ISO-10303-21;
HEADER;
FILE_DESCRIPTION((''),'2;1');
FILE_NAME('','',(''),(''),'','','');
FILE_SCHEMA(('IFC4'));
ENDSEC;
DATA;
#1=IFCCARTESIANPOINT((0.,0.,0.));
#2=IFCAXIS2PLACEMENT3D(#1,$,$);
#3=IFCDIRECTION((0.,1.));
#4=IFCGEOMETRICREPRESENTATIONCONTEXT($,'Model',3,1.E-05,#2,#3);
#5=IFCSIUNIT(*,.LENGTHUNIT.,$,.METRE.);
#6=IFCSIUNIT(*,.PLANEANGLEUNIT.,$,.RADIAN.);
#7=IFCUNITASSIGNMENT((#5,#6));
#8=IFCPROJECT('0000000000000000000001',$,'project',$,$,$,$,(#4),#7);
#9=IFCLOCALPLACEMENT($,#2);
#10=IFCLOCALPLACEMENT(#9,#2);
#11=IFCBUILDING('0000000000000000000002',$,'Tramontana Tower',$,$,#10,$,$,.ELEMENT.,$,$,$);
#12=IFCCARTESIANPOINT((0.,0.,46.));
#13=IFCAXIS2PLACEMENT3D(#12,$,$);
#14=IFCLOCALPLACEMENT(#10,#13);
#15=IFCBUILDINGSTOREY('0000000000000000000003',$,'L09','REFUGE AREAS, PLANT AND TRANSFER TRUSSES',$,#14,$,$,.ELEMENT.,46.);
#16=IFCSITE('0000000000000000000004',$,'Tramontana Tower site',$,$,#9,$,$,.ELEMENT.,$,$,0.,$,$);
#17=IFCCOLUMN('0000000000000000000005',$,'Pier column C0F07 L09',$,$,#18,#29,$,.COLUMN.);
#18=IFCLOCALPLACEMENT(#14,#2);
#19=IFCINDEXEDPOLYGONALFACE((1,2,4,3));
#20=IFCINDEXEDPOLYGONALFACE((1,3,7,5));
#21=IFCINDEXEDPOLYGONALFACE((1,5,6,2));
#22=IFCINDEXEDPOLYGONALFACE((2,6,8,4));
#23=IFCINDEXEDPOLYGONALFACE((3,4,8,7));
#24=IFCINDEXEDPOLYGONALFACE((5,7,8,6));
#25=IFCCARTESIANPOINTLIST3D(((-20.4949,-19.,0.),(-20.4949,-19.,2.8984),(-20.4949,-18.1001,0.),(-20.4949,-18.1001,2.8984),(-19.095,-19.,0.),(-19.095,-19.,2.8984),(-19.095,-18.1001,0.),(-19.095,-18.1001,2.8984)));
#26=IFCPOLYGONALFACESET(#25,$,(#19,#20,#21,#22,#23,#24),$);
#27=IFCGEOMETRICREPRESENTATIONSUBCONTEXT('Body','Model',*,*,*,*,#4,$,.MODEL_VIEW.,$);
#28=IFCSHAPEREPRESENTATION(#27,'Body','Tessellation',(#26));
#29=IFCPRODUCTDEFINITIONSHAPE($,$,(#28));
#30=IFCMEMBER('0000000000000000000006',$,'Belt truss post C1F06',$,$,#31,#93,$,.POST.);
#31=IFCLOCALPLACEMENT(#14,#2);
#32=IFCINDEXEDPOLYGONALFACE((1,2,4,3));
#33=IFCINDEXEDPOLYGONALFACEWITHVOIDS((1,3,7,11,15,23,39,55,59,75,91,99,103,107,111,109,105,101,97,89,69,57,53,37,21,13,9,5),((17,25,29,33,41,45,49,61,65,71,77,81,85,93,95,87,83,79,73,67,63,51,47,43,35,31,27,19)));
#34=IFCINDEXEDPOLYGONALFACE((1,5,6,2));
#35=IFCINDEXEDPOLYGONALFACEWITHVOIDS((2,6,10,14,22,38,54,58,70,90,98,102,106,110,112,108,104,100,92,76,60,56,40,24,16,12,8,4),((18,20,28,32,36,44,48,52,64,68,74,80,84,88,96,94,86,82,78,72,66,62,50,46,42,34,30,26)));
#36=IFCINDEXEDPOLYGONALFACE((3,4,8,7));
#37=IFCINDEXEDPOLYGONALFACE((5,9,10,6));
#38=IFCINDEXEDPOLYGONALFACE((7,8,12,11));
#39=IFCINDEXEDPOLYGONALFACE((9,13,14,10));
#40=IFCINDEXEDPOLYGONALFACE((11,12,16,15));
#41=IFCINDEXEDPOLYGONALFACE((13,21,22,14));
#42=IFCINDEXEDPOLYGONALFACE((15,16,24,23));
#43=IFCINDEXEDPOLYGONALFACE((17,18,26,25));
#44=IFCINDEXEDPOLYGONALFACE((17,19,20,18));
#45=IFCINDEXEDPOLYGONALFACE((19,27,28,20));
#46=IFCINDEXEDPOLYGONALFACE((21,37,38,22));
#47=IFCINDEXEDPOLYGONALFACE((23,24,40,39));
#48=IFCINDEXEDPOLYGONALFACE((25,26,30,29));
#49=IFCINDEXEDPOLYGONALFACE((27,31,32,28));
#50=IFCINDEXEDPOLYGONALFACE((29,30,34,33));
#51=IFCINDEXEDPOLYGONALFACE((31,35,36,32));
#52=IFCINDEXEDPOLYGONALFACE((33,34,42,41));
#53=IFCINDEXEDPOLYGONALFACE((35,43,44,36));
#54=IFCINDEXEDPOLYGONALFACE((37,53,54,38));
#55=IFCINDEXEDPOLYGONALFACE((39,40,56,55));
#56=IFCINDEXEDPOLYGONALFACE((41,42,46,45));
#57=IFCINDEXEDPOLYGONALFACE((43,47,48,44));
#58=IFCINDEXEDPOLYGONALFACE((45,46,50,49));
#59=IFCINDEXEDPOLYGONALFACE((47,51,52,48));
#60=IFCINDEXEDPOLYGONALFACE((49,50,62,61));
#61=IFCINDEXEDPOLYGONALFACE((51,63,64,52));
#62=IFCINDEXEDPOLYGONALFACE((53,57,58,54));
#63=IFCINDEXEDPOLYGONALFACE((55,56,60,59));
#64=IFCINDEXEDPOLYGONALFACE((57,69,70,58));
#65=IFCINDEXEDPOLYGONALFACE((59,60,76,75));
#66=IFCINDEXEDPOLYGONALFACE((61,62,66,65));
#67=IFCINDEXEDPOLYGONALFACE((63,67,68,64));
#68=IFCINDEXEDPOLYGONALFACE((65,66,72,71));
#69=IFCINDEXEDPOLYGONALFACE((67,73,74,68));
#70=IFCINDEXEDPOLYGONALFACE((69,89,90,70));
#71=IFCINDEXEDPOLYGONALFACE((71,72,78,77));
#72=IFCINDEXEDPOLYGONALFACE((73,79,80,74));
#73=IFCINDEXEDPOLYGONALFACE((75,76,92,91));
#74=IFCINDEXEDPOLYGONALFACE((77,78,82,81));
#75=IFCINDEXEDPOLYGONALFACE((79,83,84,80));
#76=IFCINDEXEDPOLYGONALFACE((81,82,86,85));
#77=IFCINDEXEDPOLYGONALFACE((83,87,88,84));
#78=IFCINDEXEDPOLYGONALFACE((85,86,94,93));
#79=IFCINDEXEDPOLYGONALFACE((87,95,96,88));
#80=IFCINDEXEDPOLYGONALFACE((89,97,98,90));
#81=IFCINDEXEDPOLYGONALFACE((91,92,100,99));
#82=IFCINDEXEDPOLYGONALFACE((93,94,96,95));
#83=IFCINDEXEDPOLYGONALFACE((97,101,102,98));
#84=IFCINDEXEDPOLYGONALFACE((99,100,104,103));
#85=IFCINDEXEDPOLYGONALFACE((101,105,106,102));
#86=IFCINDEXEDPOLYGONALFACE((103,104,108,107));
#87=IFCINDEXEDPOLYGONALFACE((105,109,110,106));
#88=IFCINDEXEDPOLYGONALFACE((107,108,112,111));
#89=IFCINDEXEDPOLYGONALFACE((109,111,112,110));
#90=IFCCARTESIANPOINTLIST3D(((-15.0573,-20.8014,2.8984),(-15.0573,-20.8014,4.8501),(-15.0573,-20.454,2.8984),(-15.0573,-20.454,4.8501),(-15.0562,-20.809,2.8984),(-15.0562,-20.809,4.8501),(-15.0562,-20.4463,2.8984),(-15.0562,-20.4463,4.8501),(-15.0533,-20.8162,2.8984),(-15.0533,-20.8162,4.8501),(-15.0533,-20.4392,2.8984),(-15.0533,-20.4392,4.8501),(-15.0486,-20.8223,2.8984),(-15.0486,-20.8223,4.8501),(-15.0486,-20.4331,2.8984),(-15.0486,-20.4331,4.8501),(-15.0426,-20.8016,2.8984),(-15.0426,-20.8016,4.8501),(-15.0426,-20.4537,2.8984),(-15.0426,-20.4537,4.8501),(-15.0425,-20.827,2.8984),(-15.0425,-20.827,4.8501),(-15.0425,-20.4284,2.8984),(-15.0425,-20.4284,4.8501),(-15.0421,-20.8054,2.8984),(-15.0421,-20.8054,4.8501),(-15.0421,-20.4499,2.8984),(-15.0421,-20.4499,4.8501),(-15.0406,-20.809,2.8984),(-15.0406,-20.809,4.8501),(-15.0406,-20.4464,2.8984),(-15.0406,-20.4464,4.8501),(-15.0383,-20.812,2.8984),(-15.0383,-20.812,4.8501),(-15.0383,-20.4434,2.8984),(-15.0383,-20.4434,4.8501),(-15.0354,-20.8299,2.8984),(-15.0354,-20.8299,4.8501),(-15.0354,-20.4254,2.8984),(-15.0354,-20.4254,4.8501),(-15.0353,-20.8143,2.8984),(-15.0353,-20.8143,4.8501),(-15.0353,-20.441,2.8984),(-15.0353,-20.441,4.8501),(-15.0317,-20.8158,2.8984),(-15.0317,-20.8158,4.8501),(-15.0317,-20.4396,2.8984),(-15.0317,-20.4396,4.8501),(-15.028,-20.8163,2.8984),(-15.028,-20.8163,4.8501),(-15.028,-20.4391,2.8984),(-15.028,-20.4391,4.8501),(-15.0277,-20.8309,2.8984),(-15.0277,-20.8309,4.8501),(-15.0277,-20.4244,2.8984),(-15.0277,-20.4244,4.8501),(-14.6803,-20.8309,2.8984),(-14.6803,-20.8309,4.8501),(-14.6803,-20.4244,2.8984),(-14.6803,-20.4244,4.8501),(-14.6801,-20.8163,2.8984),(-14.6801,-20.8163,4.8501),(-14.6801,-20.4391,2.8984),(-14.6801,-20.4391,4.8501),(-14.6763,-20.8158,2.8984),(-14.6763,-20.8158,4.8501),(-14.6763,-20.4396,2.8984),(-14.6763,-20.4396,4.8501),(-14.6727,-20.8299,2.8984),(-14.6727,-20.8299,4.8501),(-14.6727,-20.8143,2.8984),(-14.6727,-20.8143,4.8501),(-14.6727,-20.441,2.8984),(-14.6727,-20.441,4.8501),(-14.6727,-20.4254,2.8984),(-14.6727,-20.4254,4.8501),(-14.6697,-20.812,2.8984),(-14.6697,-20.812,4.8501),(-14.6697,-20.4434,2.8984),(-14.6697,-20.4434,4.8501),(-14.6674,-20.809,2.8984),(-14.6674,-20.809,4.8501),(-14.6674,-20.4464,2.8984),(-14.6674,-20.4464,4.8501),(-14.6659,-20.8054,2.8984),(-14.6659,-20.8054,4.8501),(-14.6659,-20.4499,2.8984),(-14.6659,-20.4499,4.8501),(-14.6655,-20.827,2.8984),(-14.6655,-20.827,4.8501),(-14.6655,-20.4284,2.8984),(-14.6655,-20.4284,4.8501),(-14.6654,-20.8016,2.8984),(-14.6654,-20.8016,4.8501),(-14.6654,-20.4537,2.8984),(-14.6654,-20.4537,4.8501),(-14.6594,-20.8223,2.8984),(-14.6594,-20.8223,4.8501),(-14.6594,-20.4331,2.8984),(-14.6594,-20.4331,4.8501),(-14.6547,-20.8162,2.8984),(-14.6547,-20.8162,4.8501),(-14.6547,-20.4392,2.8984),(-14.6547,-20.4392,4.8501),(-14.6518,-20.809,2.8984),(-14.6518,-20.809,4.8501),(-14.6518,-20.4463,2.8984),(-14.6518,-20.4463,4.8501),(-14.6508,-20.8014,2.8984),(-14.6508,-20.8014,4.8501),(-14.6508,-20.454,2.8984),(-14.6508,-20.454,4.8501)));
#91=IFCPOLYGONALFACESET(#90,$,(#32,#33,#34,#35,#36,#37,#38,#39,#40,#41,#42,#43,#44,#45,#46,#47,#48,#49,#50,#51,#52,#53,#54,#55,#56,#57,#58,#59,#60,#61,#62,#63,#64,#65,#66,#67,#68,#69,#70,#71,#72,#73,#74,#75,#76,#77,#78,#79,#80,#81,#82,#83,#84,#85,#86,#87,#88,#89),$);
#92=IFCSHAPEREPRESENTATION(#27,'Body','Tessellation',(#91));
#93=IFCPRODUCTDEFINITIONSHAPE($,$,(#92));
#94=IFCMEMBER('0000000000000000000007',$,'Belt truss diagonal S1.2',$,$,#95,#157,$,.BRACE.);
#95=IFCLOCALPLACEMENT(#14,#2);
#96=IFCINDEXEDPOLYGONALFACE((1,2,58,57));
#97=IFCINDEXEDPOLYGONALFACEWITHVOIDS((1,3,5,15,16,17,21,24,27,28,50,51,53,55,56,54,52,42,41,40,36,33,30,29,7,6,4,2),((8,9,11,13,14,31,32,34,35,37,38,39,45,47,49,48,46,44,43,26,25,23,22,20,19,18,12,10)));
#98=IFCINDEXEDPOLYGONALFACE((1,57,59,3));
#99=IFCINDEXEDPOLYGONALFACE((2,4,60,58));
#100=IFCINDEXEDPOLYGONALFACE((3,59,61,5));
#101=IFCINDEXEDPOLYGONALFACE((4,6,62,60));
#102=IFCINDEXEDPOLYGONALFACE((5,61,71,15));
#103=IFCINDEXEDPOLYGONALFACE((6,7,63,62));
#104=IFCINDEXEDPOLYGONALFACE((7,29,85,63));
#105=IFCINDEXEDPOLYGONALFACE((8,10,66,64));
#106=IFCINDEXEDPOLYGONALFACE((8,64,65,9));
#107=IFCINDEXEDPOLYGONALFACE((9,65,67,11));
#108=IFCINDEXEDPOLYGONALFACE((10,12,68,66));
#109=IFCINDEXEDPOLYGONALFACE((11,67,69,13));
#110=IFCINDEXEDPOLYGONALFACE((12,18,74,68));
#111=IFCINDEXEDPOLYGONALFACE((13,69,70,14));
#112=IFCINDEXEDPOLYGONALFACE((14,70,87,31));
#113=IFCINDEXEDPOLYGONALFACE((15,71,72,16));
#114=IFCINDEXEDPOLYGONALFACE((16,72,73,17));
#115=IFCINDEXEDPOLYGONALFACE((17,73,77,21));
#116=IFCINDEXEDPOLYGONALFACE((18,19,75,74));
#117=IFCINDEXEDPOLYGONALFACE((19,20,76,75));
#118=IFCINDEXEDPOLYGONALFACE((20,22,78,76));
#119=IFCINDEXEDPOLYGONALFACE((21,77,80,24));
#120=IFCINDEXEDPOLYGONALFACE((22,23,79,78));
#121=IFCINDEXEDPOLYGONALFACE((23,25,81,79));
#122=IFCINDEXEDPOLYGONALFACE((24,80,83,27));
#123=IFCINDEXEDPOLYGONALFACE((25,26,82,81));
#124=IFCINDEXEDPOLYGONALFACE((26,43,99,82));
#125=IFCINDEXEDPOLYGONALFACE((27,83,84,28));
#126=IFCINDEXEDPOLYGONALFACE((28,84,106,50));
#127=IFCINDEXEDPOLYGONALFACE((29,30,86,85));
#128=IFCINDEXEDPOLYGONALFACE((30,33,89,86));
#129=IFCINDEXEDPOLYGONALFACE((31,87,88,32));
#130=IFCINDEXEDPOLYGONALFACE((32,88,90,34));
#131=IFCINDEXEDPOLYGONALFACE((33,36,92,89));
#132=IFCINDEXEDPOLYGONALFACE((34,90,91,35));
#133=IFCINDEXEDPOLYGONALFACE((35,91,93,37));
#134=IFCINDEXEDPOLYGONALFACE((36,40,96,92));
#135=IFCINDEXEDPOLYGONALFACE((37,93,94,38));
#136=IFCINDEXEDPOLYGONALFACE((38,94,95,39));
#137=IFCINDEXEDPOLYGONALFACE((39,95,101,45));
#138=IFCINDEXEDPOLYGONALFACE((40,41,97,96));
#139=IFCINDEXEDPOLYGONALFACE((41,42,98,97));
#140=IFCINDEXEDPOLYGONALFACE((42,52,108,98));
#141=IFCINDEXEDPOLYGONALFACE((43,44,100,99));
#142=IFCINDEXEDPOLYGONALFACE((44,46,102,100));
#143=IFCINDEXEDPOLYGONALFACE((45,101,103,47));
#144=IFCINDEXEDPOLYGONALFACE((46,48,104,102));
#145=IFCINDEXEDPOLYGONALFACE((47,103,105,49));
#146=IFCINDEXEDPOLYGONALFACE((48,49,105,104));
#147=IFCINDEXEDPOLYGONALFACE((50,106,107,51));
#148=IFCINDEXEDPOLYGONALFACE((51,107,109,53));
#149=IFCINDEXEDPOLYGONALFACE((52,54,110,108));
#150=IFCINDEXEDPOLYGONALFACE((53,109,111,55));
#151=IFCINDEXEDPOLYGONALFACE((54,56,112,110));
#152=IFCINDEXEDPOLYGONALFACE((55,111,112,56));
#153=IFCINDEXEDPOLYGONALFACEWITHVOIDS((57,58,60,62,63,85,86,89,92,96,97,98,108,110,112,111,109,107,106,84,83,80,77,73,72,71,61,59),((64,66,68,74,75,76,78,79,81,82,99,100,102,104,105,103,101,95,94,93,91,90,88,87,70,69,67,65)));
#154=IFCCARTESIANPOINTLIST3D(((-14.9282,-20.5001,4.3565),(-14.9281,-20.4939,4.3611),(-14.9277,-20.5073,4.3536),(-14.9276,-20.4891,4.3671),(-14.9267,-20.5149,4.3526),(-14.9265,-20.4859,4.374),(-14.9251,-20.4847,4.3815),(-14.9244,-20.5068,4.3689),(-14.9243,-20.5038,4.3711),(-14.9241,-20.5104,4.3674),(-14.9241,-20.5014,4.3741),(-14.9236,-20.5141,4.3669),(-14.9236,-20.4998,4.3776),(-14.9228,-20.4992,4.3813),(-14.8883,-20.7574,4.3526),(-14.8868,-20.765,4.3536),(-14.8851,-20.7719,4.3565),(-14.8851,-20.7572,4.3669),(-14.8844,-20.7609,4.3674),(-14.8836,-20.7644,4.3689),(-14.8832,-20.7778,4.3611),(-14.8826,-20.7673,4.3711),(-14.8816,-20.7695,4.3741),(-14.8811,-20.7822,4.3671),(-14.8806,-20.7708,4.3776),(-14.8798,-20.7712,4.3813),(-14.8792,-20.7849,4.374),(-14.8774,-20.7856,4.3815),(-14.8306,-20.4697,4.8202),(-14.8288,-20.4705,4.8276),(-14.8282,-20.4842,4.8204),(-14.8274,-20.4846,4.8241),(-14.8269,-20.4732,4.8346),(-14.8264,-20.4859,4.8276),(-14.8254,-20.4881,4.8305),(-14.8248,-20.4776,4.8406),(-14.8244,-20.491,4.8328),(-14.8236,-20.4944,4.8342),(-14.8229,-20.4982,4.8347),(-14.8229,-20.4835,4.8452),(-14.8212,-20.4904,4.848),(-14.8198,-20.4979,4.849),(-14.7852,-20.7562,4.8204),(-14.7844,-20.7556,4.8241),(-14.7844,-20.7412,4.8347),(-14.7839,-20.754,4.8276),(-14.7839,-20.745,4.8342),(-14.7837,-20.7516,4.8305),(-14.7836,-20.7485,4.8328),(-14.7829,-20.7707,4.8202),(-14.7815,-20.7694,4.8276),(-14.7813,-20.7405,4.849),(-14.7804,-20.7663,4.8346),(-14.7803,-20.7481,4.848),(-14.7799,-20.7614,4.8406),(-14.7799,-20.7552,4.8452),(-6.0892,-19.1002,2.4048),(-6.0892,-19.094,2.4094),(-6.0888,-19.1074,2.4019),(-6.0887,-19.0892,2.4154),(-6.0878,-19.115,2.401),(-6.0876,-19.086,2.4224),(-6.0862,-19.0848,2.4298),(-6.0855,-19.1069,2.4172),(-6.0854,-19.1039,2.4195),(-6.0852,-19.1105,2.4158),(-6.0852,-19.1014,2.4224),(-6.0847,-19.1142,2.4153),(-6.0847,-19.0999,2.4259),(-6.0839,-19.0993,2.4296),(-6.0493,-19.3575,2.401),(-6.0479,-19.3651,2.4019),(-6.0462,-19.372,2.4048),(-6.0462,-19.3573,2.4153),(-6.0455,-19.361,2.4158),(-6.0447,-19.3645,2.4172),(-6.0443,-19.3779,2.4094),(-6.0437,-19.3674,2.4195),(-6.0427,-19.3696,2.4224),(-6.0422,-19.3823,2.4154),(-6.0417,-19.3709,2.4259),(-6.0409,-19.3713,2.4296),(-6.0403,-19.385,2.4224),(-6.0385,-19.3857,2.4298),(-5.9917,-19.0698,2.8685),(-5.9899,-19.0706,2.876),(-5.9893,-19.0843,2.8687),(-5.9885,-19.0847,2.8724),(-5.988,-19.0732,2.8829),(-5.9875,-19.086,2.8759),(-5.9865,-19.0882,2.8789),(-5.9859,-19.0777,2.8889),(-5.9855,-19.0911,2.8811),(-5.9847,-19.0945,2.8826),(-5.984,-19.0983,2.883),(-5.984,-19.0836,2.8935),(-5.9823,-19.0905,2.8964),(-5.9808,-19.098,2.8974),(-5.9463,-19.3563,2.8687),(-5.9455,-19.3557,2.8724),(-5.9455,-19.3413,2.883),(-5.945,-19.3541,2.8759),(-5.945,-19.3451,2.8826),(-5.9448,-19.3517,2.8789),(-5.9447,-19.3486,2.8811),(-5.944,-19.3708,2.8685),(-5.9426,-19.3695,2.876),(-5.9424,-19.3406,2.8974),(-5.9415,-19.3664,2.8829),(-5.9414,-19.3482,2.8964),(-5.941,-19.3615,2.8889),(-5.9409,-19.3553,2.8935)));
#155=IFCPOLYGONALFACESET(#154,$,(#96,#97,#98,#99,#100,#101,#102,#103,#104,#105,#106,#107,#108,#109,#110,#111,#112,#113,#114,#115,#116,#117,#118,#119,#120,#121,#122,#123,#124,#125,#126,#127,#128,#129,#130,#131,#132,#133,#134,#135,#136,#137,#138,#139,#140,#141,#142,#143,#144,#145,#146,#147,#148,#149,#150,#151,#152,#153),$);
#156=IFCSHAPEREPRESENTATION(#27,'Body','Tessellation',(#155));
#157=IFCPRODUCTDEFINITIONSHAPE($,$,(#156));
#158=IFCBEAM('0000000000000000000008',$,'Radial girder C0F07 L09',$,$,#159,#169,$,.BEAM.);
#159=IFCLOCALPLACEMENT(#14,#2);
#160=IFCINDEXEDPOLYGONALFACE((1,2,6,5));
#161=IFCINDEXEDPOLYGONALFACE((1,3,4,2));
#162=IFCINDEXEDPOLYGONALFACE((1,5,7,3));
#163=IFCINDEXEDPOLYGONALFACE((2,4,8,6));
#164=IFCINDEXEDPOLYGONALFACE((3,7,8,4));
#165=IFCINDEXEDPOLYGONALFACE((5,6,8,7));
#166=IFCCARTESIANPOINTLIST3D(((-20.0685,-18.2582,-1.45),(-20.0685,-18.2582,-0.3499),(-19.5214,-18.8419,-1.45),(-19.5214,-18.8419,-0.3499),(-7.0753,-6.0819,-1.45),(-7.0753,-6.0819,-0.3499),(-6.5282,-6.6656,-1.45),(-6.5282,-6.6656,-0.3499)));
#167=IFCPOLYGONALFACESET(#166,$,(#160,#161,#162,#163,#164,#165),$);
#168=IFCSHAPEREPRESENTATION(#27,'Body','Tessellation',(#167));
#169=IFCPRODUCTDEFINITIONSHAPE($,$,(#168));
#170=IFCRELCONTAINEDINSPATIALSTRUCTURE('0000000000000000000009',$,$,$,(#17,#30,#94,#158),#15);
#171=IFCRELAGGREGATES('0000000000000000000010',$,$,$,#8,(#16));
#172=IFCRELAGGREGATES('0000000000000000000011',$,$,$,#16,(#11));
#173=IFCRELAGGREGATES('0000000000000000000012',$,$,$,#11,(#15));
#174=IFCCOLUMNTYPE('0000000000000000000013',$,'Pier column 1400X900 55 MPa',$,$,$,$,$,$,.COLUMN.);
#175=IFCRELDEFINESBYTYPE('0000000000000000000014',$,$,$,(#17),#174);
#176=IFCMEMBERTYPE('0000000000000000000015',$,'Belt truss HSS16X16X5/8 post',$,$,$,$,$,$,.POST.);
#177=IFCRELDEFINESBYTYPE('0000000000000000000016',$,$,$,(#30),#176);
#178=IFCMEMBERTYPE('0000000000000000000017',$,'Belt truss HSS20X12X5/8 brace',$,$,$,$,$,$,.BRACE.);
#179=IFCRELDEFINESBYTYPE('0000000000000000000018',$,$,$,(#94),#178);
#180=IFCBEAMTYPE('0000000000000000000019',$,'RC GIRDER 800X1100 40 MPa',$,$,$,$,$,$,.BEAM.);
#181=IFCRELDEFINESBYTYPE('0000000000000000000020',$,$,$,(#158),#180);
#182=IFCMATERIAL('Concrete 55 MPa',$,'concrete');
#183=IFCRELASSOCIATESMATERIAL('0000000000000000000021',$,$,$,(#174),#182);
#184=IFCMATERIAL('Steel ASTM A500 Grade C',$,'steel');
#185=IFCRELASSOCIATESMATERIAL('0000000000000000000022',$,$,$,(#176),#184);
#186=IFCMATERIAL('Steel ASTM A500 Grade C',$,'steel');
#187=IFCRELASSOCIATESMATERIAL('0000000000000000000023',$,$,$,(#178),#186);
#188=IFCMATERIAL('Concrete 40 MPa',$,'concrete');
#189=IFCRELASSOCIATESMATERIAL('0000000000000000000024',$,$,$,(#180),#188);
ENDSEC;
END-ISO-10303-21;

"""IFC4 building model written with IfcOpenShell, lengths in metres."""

from ifc_helpers import new_model, si_unit, direction, frame, origin, origin_2d, place, context, subcontext, project, spatial, rectangle, hollow_rectangle, extrude, material, material_profile, profile_set, type_object, element, save


model = new_model("IFC4")

# Units and contexts
model_context = context("Model", 3, precision=1e-05, world=origin(), true_north=direction((0.0, 1.0)))
body_context = subcontext(model_context, "Body", "Model", "MODEL_VIEW")
ifc_project = project(units=[si_unit("LENGTHUNIT", "METRE"), si_unit("PLANEANGLEUNIT", "RADIAN")], contexts=[model_context])

# Site, building, storey
site_placement = place(None, origin())
site = spatial("IfcSite", under=ifc_project, at=site_placement, Name="Tramontana Tower site", CompositionType="ELEMENT", RefElevation=0.0)
building_placement = place(site_placement, origin())
building = spatial("IfcBuilding", under=site, at=building_placement, Name="Tramontana Tower", CompositionType="ELEMENT")
storey_placement = place(building_placement, frame((0.0, 0.0, 46.0)))
storey = spatial("IfcBuildingStorey", under=building, at=storey_placement, Name="L09", Description="REFUGE AREAS, PLANT AND TRANSFER TRUSSES", CompositionType="ELEMENT", Elevation=46.0)

# Column
ifc_material_1 = material(Name="Concrete 55 MPa", Category="concrete")
ifc_material_profile_1 = material_profile(ifc_material_1, rectangle(XDim=1.3999, YDim=0.8999, at=origin_2d()), Name="Pier column 1400X900 55 MPa")
ifc_profile_set_1 = profile_set([ifc_material_profile_1], Name="Concrete 55 MPa")
column_type = type_object("IfcColumnType", Name="Pier column 1400X900 55 MPa", PredefinedType="COLUMN", material=ifc_profile_set_1)
column_placement = place(storey_placement, frame((-19.7949, -18.55, 0.0), z_axis=(0.0, 0.0, 1.0), x_axis=(1.0, 0.0, 0.0)))
element("IfcColumn", 1, at=column_placement, inside=storey, type_object=column_type, Name="Pier column C0F07 L09", PredefinedType="COLUMN", context=body_context, shape_type="SweptSolid", body=[
    extrude(rectangle(XDim=1.3999, YDim=0.8999, at=origin_2d()), origin(), (0.0, 0.0, 1.0), 2.8984),
])

# Members
ifc_material_2 = material(Name="Steel ASTM A500 Grade C", Category="steel")
ifc_material_profile_2 = material_profile(ifc_material_2, hollow_rectangle(XDim=0.4065, YDim=0.4065, WallThickness=0.0146, InnerFilletRadius=0.0146, OuterFilletRadius=0.0295, at=origin_2d()), Name="HSS16X16X5/8")
ifc_profile_set_2 = profile_set([ifc_material_profile_2], Name="Steel ASTM A500 Grade C")
member_type_1 = type_object("IfcMemberType", Name="Belt truss HSS16X16X5/8 post", PredefinedType="POST", material=ifc_profile_set_2)
member_1_placement = place(storey_placement, frame((-14.854, -20.6277, 2.8984), z_axis=(0.0, 0.0, 1.0), x_axis=(1.0, 0.0, 0.0)))
element("IfcMember", 2, at=member_1_placement, inside=storey, type_object=member_type_1, Name="Belt truss post C1F06", PredefinedType="POST", context=body_context, shape_type="SweptSolid", body=[
    extrude(hollow_rectangle(XDim=0.4065, YDim=0.4065, WallThickness=0.0146, InnerFilletRadius=0.0146, OuterFilletRadius=0.0295, at=origin_2d()), origin(), (0.0, 0.0, 1.0), 1.9517),
])
ifc_material_3 = material(Name="Steel ASTM A500 Grade C", Category="steel")
ifc_material_profile_3 = material_profile(ifc_material_3, hollow_rectangle(XDim=0.3047, YDim=0.5081, WallThickness=0.0146, InnerFilletRadius=0.0146, OuterFilletRadius=0.0295, at=origin_2d()), Name="HSS20X12X5/8")
ifc_profile_set_3 = profile_set([ifc_material_profile_3], Name="Steel ASTM A500 Grade C")
member_type_2 = type_object("IfcMemberType", Name="Belt truss HSS20X12X5/8 brace", PredefinedType="BRACE", material=ifc_profile_set_3)
member_2_placement = place(storey_placement, frame((-14.854, -20.6277, 4.6008), z_axis=(0.965007, 0.152838, -0.213078), x_axis=(-0.15643, 0.987689, 0.0)))
element("IfcMember", 3, at=member_2_placement, inside=storey, type_object=member_type_2, Name="Belt truss diagonal S1.2", PredefinedType="BRACE", context=body_context, shape_type="SweptSolid", body=[
    extrude(hollow_rectangle(XDim=0.3047, YDim=0.5081, WallThickness=0.0146, InnerFilletRadius=0.0146, OuterFilletRadius=0.0295, at=origin_2d()), origin(), (0.0, 0.0, 1.0), 9.1594),
])

# Beam
ifc_material_4 = material(Name="Concrete 40 MPa", Category="concrete")
ifc_material_profile_4 = material_profile(ifc_material_4, rectangle(XDim=0.8, YDim=1.1001, at=origin_2d()), Name="RC GIRDER 800X1100 40 MPa")
ifc_profile_set_4 = profile_set([ifc_material_profile_4], Name="Concrete 40 MPa")
beam_type = type_object("IfcBeamType", Name="RC GIRDER 800X1100 40 MPa", PredefinedType="BEAM", material=ifc_profile_set_4)
beam_placement = place(storey_placement, frame((-19.7949, -18.55, -0.8999), z_axis=(0.729672, 0.683797, 0.0), x_axis=(-0.683797, 0.729672, 0.0)))
element("IfcBeam", 4, at=beam_placement, inside=storey, type_object=beam_type, Name="Radial girder C0F07 L09", PredefinedType="BEAM", context=body_context, shape_type="SweptSolid", body=[
    extrude(rectangle(XDim=0.8, YDim=1.1001, at=origin_2d()), origin(), (0.0, 0.0, 1.0), 17.8069),
])

save(model, "model.ifc")
